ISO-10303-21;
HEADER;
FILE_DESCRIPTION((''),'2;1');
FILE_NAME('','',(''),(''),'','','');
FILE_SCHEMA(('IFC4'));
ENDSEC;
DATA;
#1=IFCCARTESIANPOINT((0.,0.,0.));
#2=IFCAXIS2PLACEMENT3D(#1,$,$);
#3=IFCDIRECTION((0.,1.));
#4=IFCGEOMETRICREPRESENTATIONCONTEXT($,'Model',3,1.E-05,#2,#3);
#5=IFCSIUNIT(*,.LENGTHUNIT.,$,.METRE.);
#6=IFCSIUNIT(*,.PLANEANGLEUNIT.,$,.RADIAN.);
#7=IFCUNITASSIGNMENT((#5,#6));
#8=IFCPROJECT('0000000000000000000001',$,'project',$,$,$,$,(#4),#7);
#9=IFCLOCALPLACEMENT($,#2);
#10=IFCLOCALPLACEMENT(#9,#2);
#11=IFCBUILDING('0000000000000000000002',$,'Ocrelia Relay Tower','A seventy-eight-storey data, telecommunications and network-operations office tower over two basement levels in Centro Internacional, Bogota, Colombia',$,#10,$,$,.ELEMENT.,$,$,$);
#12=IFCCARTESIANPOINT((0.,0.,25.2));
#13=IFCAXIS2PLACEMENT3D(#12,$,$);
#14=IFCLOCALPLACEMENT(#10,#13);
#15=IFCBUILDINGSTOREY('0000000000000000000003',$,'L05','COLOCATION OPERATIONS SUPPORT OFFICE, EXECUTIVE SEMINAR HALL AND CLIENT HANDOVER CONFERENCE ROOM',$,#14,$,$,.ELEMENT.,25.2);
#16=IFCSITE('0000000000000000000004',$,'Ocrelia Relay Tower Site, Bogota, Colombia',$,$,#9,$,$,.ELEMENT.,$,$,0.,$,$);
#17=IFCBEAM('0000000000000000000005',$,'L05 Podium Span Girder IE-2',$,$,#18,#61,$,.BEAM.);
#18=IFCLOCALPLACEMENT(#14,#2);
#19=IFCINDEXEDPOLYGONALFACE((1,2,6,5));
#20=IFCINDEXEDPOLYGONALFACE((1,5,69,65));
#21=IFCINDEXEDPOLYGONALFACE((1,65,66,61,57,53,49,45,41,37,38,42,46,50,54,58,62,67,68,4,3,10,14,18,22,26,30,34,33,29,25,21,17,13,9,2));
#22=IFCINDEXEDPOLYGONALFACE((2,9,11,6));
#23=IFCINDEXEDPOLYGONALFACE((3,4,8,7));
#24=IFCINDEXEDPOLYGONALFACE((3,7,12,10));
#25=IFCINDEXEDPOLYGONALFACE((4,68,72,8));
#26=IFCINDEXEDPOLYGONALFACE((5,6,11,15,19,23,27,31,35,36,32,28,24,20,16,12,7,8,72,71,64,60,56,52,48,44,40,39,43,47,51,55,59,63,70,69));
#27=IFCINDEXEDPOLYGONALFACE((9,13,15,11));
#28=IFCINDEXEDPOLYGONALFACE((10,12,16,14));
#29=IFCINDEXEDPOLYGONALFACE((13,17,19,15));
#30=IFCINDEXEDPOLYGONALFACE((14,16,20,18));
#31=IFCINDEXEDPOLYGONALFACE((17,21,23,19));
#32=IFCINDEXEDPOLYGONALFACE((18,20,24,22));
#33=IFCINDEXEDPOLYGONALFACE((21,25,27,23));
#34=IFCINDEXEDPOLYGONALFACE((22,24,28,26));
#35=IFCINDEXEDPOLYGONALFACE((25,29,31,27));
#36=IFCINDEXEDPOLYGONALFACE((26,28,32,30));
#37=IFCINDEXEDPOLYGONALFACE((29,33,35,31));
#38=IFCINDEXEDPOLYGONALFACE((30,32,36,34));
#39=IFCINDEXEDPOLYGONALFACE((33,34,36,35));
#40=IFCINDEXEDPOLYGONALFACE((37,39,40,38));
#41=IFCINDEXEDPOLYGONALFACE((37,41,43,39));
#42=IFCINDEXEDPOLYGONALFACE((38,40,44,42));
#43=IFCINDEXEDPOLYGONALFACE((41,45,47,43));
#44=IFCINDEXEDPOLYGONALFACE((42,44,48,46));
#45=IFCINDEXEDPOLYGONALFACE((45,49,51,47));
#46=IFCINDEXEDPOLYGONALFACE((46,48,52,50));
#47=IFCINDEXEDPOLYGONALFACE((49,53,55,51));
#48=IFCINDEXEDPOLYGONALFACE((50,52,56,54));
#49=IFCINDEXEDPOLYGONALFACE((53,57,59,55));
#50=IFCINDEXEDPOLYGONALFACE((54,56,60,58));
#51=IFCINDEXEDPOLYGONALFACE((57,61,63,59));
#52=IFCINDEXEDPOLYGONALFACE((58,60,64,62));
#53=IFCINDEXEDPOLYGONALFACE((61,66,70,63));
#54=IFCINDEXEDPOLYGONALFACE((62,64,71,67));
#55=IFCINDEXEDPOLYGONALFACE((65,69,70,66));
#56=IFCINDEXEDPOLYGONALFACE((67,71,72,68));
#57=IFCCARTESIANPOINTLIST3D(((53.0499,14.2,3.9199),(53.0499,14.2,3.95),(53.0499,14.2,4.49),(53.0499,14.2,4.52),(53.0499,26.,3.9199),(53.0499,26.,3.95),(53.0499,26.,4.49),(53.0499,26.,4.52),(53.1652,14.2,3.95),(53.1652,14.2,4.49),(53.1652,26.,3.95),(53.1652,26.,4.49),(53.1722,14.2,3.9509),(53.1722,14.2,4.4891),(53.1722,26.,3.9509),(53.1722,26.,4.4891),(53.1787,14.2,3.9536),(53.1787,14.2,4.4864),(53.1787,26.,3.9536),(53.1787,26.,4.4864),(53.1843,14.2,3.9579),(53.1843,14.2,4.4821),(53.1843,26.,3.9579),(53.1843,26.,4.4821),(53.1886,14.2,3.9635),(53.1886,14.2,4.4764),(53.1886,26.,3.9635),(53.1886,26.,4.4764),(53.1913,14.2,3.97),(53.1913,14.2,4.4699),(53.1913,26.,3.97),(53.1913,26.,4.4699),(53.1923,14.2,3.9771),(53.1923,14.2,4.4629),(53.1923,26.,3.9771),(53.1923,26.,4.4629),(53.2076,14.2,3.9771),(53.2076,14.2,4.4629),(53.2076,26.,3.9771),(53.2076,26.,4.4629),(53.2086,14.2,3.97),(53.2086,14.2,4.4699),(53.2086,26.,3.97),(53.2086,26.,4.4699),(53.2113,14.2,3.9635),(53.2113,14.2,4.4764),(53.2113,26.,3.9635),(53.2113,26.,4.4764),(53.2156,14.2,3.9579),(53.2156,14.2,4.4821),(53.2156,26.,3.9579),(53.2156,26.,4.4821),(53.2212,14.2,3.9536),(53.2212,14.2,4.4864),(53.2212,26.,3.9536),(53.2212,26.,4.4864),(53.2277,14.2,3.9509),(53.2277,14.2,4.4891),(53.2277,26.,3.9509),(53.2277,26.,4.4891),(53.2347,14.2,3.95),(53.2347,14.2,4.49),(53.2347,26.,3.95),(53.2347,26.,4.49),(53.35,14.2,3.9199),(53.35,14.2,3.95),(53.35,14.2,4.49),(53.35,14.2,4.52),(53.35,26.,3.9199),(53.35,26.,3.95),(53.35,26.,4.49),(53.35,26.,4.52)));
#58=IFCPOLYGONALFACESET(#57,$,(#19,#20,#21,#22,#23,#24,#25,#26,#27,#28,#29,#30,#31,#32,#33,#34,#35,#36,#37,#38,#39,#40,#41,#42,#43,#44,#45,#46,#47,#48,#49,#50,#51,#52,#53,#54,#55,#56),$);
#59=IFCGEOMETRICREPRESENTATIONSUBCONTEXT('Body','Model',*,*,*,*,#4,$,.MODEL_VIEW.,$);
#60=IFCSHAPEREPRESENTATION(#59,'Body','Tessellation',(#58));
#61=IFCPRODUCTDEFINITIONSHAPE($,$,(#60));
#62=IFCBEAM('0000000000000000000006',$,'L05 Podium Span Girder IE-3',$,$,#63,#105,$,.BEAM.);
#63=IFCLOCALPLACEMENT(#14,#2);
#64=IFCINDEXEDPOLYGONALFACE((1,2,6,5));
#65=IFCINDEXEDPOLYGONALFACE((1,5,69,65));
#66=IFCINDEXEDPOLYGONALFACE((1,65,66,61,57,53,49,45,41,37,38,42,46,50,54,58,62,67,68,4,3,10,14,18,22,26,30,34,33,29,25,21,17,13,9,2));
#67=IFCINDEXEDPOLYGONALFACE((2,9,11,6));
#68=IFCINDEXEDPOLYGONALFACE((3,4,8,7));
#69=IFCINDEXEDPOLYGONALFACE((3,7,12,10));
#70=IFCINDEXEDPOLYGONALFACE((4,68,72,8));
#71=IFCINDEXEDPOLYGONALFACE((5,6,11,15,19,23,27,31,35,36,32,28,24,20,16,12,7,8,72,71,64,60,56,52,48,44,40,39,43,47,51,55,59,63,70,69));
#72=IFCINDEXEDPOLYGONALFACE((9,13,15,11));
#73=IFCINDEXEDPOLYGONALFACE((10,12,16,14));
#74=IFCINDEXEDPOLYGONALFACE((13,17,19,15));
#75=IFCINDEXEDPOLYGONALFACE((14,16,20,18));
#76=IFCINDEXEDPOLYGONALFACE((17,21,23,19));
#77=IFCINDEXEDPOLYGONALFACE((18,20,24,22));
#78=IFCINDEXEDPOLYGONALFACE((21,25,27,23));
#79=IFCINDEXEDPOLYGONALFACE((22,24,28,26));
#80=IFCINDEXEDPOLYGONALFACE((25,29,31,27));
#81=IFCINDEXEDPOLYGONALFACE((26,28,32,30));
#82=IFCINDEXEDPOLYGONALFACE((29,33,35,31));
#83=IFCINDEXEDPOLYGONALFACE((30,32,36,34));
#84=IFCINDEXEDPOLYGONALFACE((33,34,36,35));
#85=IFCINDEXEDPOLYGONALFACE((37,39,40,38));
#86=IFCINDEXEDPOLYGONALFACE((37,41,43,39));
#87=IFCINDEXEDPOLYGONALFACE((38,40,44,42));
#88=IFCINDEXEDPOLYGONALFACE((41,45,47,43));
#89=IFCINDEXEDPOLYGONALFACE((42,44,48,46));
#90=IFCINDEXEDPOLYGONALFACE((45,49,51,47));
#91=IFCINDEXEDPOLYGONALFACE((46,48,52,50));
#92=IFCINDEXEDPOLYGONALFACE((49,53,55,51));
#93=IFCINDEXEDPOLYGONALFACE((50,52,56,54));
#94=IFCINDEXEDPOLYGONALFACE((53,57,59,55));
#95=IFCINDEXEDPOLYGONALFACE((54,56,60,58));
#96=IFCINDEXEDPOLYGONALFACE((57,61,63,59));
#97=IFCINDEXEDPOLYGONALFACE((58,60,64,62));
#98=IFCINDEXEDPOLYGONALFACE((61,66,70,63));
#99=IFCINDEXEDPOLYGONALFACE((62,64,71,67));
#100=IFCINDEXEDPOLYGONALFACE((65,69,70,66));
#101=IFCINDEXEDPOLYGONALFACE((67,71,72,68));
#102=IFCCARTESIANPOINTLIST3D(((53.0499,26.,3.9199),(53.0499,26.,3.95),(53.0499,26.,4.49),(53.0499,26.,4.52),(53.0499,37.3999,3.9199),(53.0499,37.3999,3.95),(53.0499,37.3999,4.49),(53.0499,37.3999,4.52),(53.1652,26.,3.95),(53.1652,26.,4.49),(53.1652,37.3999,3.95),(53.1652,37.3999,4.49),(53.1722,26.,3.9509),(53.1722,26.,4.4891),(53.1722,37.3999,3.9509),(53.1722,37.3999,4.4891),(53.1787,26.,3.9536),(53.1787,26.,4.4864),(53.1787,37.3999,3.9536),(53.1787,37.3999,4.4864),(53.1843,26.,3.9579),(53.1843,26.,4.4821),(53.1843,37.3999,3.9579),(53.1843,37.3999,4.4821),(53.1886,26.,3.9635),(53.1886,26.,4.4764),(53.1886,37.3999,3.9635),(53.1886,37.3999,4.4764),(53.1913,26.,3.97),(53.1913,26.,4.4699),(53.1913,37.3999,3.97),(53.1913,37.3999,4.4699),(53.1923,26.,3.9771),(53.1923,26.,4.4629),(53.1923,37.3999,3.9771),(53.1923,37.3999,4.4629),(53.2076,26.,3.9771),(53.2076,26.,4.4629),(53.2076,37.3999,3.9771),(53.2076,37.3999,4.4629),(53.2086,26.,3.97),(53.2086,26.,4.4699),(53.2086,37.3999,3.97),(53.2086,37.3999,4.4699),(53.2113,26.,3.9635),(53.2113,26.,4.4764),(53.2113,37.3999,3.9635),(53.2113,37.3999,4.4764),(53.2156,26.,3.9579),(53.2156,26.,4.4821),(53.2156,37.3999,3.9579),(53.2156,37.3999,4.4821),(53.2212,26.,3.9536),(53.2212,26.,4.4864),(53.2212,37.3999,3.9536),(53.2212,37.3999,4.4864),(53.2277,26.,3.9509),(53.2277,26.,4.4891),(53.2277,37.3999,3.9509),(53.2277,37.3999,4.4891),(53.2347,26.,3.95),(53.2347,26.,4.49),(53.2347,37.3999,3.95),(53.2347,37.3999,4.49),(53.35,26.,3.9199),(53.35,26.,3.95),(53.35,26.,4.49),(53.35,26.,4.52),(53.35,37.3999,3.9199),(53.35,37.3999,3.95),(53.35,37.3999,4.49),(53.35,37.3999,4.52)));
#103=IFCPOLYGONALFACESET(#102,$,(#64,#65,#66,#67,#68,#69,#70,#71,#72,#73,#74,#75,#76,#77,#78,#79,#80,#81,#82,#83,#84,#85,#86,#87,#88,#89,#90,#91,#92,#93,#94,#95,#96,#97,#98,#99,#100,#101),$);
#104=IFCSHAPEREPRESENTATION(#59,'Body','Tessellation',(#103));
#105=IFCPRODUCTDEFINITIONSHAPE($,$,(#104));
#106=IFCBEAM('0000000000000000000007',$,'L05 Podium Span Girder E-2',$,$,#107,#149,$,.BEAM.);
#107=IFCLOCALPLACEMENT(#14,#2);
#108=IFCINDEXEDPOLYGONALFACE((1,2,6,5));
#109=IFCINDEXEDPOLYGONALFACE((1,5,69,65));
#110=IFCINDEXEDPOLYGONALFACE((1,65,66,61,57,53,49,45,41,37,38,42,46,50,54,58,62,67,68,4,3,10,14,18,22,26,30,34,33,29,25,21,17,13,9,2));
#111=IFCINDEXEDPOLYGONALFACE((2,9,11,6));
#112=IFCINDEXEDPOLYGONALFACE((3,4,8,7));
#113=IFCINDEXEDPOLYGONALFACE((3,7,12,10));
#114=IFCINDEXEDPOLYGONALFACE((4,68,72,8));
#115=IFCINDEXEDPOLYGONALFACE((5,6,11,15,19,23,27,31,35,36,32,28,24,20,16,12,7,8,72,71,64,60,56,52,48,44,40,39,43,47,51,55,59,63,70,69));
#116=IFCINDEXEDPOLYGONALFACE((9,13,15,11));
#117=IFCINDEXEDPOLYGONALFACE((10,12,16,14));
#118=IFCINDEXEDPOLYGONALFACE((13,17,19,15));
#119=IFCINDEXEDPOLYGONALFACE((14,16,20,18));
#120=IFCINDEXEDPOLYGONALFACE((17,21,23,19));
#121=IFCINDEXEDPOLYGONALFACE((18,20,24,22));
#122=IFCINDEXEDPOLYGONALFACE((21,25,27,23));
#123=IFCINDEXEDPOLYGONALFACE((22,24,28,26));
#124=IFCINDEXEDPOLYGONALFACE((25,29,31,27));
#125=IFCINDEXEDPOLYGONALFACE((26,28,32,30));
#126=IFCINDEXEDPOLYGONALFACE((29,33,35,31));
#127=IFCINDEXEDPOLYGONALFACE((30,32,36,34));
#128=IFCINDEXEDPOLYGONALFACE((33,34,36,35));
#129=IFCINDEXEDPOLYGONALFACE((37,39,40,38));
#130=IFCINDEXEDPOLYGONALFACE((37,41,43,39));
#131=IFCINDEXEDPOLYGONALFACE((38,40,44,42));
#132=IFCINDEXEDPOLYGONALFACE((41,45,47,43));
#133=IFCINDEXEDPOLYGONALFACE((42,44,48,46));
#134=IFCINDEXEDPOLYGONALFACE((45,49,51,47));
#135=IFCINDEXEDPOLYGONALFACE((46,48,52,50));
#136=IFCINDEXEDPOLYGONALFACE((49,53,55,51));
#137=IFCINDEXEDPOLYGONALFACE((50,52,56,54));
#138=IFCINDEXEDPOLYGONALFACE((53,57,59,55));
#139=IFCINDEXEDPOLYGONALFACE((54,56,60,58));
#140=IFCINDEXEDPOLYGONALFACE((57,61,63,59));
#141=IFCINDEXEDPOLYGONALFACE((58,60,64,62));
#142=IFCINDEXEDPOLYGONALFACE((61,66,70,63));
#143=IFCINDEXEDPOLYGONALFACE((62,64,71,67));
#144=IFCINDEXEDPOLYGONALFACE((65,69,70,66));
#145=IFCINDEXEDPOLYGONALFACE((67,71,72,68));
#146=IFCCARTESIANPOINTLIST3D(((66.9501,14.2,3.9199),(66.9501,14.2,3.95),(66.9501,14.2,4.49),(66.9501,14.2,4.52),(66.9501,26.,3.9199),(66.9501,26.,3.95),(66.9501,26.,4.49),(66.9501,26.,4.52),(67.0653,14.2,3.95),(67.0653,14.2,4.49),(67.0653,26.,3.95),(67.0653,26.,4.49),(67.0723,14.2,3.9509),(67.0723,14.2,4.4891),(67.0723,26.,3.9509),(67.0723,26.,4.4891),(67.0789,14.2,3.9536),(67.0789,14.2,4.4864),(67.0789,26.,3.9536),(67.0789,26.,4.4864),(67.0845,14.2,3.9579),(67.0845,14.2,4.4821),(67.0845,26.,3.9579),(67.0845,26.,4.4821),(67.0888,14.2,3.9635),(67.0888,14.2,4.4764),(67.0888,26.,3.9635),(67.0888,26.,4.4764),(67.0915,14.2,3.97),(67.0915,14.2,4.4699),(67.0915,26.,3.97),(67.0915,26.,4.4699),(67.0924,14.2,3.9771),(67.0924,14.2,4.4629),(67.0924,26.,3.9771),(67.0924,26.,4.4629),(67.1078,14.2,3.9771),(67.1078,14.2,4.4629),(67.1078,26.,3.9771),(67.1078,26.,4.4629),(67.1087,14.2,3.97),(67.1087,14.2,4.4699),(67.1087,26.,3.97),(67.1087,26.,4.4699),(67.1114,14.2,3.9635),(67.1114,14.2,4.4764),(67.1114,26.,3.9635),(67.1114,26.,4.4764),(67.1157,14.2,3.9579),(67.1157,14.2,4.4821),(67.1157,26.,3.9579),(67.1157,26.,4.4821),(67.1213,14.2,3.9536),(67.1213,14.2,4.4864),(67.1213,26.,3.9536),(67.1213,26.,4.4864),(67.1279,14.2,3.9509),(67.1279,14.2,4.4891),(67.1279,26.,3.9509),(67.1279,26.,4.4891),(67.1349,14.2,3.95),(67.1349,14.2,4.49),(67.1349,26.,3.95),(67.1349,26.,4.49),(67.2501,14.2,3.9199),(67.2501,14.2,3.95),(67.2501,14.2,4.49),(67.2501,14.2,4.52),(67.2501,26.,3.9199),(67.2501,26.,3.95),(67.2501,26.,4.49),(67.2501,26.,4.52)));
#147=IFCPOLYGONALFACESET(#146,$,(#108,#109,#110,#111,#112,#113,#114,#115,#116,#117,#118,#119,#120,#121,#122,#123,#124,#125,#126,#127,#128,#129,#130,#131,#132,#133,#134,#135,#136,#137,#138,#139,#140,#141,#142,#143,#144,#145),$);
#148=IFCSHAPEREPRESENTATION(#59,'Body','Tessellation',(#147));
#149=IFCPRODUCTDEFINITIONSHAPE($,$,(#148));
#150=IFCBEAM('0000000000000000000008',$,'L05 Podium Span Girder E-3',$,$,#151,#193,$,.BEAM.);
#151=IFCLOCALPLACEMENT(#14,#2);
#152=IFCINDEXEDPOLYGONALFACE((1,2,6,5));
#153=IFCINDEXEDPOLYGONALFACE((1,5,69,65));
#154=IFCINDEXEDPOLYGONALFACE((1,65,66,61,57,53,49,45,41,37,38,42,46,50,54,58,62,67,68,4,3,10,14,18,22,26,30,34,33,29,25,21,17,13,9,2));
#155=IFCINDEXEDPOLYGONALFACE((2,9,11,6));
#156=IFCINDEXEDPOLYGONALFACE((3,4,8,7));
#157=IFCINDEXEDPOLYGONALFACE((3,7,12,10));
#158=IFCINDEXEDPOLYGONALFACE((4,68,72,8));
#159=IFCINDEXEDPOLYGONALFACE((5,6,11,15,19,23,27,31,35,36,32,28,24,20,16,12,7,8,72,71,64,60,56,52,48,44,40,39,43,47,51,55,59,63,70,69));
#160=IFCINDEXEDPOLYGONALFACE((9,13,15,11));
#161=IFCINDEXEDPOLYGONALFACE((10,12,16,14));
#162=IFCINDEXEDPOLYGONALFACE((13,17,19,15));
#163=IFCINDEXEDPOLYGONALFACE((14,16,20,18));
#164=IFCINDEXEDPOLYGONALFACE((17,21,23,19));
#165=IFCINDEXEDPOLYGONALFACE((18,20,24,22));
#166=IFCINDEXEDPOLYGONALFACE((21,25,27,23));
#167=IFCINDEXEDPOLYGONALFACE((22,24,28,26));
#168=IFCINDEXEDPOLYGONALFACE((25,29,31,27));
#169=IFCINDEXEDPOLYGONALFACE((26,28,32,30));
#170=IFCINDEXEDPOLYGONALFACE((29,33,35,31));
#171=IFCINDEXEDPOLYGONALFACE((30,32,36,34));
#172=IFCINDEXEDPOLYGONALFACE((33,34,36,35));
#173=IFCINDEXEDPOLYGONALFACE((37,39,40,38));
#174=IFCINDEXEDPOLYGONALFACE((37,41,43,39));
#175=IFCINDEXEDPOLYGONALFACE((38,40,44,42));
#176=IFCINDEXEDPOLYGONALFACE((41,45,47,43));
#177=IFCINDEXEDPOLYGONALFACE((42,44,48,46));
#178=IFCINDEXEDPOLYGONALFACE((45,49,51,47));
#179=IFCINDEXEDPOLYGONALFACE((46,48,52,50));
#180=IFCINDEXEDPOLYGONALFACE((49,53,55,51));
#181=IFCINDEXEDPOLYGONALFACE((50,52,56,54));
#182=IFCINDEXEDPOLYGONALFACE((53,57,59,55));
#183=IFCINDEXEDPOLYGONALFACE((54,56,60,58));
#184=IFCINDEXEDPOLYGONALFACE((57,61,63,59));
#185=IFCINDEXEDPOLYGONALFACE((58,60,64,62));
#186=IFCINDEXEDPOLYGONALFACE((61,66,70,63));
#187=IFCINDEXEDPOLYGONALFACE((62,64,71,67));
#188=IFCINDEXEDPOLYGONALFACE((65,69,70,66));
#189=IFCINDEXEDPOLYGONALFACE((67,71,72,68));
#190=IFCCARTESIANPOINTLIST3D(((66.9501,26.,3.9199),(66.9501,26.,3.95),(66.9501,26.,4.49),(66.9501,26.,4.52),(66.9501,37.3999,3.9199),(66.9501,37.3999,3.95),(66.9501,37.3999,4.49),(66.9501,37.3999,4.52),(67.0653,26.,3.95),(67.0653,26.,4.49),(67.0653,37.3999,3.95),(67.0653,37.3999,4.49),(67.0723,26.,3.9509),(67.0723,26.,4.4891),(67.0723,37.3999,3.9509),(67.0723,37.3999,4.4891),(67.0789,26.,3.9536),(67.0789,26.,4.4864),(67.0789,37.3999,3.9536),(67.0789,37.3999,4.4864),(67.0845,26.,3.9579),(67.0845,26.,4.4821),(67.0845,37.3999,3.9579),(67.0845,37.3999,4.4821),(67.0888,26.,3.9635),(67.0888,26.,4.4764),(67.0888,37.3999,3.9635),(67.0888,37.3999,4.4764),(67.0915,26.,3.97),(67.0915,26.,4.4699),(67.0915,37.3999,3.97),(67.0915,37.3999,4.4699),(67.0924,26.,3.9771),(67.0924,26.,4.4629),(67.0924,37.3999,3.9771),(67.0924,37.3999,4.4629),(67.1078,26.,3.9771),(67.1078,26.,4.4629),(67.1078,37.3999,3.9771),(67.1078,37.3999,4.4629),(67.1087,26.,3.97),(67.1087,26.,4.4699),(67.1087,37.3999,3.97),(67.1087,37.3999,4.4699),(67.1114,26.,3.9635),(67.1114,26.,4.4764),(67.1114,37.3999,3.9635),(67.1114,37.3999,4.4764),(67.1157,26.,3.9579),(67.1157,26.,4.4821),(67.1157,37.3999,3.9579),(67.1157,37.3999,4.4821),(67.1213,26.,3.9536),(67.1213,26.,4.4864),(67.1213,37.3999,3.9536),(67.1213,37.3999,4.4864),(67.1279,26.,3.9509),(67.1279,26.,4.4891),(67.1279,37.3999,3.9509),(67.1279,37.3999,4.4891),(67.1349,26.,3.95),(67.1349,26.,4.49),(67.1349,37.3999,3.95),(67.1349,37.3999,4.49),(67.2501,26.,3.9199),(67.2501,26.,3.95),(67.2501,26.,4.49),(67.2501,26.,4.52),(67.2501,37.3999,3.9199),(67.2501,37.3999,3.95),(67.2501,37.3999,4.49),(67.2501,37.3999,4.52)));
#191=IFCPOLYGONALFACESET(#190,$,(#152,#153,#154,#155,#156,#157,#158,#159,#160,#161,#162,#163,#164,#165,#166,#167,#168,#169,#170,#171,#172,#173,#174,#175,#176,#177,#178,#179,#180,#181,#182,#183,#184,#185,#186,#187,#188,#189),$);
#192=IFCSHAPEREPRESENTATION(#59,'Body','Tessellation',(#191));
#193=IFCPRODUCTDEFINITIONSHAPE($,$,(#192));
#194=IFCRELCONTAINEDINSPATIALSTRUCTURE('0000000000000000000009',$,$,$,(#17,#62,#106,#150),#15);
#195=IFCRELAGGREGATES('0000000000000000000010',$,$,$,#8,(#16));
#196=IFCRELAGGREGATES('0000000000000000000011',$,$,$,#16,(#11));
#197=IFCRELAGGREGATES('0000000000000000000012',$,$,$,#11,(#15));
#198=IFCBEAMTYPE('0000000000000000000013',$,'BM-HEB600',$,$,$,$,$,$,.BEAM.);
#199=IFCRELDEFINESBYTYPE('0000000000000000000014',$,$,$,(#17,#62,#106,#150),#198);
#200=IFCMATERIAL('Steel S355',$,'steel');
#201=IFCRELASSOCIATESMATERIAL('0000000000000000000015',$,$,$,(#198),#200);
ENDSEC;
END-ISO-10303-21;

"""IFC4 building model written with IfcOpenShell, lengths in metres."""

from ifc_helpers import new_model, si_unit, direction, frame, origin, origin_2d, place, context, subcontext, project, spatial, i_section, extrude, material, material_profile, profile_set, type_object, element, save


model = new_model("IFC4")

# Units and contexts
model_context = context("Model", 3, precision=1e-05, world=origin(), true_north=direction((0.0, 1.0)))
body_context = subcontext(model_context, "Body", "Model", "MODEL_VIEW")
ifc_project = project(units=[si_unit("LENGTHUNIT", "METRE"), si_unit("PLANEANGLEUNIT", "RADIAN")], contexts=[model_context])

# Site, building, storey
site_placement = place(None, origin())
site = spatial("IfcSite", under=ifc_project, at=site_placement, Name="Ocrelia Relay Tower Site, Bogota, Colombia", CompositionType="ELEMENT", RefElevation=0.0)
building_placement = place(site_placement, origin())
building = spatial("IfcBuilding", under=site, at=building_placement, Name="Ocrelia Relay Tower", Description="A seventy-eight-storey data, telecommunications and network-operations office tower over two basement levels in Centro Internacional, Bogota, Colombia", CompositionType="ELEMENT")
storey_placement = place(building_placement, frame((0.0, 0.0, 25.2)))
storey = spatial("IfcBuildingStorey", under=building, at=storey_placement, Name="L05", Description="COLOCATION OPERATIONS SUPPORT OFFICE, EXECUTIVE SEMINAR HALL AND CLIENT HANDOVER CONFERENCE ROOM", CompositionType="ELEMENT", Elevation=25.2)

# Beams
ifc_material_1 = material(Name="Steel S355", Category="steel")
ifc_material_profile_1 = material_profile(ifc_material_1, i_section(OverallWidth=0.3, OverallDepth=0.6001, WebThickness=0.0154, FlangeThickness=0.03, FilletRadius=0.0271, at=origin_2d()), Name="HEB 600")
ifc_profile_set_1 = profile_set([ifc_material_profile_1], Name="Steel S355")
beam_type_1 = type_object("IfcBeamType", Name="BM-HEB600", PredefinedType="BEAM", material=ifc_profile_set_1)
beam_1_placement = place(storey_placement, frame((53.2, 14.2, 4.22), z_axis=(0.0, 1.0, 0.0), x_axis=(-1.0, 0.0, 0.0)))
element("IfcBeam", 1, at=beam_1_placement, inside=storey, type_object=beam_type_1, Name="L05 Podium Span Girder IE-2", PredefinedType="BEAM", context=body_context, shape_type="SweptSolid", body=[
    extrude(i_section(OverallWidth=0.3, OverallDepth=0.6001, WebThickness=0.0154, FlangeThickness=0.03, FilletRadius=0.0271, at=origin_2d()), origin(), (0.0, 0.0, 1.0), 11.8),
])
beam_2_placement = place(storey_placement, frame((53.2, 26.0, 4.22), z_axis=(0.0, 1.0, 0.0), x_axis=(-1.0, 0.0, 0.0)))
element("IfcBeam", 2, at=beam_2_placement, inside=storey, type_object=beam_type_1, Name="L05 Podium Span Girder IE-3", PredefinedType="BEAM", context=body_context, shape_type="SweptSolid", body=[
    extrude(i_section(OverallWidth=0.3, OverallDepth=0.6001, WebThickness=0.0154, FlangeThickness=0.03, FilletRadius=0.0271, at=origin_2d()), origin(), (0.0, 0.0, 1.0), 11.3999),
])
beam_3_placement = place(storey_placement, frame((67.1001, 14.2, 4.22), z_axis=(0.0, 1.0, 0.0), x_axis=(-1.0, 0.0, 0.0)))
element("IfcBeam", 3, at=beam_3_placement, inside=storey, type_object=beam_type_1, Name="L05 Podium Span Girder E-2", PredefinedType="BEAM", context=body_context, shape_type="SweptSolid", body=[
    extrude(i_section(OverallWidth=0.3, OverallDepth=0.6001, WebThickness=0.0154, FlangeThickness=0.03, FilletRadius=0.0271, at=origin_2d()), origin(), (0.0, 0.0, 1.0), 11.8),
])
beam_4_placement = place(storey_placement, frame((67.1001, 26.0, 4.22), z_axis=(0.0, 1.0, 0.0), x_axis=(-1.0, 0.0, 0.0)))
element("IfcBeam", 4, at=beam_4_placement, inside=storey, type_object=beam_type_1, Name="L05 Podium Span Girder E-3", PredefinedType="BEAM", context=body_context, shape_type="SweptSolid", body=[
    extrude(i_section(OverallWidth=0.3, OverallDepth=0.6001, WebThickness=0.0154, FlangeThickness=0.03, FilletRadius=0.0271, at=origin_2d()), origin(), (0.0, 0.0, 1.0), 11.3999),
])

save(model, "model.ifc")
